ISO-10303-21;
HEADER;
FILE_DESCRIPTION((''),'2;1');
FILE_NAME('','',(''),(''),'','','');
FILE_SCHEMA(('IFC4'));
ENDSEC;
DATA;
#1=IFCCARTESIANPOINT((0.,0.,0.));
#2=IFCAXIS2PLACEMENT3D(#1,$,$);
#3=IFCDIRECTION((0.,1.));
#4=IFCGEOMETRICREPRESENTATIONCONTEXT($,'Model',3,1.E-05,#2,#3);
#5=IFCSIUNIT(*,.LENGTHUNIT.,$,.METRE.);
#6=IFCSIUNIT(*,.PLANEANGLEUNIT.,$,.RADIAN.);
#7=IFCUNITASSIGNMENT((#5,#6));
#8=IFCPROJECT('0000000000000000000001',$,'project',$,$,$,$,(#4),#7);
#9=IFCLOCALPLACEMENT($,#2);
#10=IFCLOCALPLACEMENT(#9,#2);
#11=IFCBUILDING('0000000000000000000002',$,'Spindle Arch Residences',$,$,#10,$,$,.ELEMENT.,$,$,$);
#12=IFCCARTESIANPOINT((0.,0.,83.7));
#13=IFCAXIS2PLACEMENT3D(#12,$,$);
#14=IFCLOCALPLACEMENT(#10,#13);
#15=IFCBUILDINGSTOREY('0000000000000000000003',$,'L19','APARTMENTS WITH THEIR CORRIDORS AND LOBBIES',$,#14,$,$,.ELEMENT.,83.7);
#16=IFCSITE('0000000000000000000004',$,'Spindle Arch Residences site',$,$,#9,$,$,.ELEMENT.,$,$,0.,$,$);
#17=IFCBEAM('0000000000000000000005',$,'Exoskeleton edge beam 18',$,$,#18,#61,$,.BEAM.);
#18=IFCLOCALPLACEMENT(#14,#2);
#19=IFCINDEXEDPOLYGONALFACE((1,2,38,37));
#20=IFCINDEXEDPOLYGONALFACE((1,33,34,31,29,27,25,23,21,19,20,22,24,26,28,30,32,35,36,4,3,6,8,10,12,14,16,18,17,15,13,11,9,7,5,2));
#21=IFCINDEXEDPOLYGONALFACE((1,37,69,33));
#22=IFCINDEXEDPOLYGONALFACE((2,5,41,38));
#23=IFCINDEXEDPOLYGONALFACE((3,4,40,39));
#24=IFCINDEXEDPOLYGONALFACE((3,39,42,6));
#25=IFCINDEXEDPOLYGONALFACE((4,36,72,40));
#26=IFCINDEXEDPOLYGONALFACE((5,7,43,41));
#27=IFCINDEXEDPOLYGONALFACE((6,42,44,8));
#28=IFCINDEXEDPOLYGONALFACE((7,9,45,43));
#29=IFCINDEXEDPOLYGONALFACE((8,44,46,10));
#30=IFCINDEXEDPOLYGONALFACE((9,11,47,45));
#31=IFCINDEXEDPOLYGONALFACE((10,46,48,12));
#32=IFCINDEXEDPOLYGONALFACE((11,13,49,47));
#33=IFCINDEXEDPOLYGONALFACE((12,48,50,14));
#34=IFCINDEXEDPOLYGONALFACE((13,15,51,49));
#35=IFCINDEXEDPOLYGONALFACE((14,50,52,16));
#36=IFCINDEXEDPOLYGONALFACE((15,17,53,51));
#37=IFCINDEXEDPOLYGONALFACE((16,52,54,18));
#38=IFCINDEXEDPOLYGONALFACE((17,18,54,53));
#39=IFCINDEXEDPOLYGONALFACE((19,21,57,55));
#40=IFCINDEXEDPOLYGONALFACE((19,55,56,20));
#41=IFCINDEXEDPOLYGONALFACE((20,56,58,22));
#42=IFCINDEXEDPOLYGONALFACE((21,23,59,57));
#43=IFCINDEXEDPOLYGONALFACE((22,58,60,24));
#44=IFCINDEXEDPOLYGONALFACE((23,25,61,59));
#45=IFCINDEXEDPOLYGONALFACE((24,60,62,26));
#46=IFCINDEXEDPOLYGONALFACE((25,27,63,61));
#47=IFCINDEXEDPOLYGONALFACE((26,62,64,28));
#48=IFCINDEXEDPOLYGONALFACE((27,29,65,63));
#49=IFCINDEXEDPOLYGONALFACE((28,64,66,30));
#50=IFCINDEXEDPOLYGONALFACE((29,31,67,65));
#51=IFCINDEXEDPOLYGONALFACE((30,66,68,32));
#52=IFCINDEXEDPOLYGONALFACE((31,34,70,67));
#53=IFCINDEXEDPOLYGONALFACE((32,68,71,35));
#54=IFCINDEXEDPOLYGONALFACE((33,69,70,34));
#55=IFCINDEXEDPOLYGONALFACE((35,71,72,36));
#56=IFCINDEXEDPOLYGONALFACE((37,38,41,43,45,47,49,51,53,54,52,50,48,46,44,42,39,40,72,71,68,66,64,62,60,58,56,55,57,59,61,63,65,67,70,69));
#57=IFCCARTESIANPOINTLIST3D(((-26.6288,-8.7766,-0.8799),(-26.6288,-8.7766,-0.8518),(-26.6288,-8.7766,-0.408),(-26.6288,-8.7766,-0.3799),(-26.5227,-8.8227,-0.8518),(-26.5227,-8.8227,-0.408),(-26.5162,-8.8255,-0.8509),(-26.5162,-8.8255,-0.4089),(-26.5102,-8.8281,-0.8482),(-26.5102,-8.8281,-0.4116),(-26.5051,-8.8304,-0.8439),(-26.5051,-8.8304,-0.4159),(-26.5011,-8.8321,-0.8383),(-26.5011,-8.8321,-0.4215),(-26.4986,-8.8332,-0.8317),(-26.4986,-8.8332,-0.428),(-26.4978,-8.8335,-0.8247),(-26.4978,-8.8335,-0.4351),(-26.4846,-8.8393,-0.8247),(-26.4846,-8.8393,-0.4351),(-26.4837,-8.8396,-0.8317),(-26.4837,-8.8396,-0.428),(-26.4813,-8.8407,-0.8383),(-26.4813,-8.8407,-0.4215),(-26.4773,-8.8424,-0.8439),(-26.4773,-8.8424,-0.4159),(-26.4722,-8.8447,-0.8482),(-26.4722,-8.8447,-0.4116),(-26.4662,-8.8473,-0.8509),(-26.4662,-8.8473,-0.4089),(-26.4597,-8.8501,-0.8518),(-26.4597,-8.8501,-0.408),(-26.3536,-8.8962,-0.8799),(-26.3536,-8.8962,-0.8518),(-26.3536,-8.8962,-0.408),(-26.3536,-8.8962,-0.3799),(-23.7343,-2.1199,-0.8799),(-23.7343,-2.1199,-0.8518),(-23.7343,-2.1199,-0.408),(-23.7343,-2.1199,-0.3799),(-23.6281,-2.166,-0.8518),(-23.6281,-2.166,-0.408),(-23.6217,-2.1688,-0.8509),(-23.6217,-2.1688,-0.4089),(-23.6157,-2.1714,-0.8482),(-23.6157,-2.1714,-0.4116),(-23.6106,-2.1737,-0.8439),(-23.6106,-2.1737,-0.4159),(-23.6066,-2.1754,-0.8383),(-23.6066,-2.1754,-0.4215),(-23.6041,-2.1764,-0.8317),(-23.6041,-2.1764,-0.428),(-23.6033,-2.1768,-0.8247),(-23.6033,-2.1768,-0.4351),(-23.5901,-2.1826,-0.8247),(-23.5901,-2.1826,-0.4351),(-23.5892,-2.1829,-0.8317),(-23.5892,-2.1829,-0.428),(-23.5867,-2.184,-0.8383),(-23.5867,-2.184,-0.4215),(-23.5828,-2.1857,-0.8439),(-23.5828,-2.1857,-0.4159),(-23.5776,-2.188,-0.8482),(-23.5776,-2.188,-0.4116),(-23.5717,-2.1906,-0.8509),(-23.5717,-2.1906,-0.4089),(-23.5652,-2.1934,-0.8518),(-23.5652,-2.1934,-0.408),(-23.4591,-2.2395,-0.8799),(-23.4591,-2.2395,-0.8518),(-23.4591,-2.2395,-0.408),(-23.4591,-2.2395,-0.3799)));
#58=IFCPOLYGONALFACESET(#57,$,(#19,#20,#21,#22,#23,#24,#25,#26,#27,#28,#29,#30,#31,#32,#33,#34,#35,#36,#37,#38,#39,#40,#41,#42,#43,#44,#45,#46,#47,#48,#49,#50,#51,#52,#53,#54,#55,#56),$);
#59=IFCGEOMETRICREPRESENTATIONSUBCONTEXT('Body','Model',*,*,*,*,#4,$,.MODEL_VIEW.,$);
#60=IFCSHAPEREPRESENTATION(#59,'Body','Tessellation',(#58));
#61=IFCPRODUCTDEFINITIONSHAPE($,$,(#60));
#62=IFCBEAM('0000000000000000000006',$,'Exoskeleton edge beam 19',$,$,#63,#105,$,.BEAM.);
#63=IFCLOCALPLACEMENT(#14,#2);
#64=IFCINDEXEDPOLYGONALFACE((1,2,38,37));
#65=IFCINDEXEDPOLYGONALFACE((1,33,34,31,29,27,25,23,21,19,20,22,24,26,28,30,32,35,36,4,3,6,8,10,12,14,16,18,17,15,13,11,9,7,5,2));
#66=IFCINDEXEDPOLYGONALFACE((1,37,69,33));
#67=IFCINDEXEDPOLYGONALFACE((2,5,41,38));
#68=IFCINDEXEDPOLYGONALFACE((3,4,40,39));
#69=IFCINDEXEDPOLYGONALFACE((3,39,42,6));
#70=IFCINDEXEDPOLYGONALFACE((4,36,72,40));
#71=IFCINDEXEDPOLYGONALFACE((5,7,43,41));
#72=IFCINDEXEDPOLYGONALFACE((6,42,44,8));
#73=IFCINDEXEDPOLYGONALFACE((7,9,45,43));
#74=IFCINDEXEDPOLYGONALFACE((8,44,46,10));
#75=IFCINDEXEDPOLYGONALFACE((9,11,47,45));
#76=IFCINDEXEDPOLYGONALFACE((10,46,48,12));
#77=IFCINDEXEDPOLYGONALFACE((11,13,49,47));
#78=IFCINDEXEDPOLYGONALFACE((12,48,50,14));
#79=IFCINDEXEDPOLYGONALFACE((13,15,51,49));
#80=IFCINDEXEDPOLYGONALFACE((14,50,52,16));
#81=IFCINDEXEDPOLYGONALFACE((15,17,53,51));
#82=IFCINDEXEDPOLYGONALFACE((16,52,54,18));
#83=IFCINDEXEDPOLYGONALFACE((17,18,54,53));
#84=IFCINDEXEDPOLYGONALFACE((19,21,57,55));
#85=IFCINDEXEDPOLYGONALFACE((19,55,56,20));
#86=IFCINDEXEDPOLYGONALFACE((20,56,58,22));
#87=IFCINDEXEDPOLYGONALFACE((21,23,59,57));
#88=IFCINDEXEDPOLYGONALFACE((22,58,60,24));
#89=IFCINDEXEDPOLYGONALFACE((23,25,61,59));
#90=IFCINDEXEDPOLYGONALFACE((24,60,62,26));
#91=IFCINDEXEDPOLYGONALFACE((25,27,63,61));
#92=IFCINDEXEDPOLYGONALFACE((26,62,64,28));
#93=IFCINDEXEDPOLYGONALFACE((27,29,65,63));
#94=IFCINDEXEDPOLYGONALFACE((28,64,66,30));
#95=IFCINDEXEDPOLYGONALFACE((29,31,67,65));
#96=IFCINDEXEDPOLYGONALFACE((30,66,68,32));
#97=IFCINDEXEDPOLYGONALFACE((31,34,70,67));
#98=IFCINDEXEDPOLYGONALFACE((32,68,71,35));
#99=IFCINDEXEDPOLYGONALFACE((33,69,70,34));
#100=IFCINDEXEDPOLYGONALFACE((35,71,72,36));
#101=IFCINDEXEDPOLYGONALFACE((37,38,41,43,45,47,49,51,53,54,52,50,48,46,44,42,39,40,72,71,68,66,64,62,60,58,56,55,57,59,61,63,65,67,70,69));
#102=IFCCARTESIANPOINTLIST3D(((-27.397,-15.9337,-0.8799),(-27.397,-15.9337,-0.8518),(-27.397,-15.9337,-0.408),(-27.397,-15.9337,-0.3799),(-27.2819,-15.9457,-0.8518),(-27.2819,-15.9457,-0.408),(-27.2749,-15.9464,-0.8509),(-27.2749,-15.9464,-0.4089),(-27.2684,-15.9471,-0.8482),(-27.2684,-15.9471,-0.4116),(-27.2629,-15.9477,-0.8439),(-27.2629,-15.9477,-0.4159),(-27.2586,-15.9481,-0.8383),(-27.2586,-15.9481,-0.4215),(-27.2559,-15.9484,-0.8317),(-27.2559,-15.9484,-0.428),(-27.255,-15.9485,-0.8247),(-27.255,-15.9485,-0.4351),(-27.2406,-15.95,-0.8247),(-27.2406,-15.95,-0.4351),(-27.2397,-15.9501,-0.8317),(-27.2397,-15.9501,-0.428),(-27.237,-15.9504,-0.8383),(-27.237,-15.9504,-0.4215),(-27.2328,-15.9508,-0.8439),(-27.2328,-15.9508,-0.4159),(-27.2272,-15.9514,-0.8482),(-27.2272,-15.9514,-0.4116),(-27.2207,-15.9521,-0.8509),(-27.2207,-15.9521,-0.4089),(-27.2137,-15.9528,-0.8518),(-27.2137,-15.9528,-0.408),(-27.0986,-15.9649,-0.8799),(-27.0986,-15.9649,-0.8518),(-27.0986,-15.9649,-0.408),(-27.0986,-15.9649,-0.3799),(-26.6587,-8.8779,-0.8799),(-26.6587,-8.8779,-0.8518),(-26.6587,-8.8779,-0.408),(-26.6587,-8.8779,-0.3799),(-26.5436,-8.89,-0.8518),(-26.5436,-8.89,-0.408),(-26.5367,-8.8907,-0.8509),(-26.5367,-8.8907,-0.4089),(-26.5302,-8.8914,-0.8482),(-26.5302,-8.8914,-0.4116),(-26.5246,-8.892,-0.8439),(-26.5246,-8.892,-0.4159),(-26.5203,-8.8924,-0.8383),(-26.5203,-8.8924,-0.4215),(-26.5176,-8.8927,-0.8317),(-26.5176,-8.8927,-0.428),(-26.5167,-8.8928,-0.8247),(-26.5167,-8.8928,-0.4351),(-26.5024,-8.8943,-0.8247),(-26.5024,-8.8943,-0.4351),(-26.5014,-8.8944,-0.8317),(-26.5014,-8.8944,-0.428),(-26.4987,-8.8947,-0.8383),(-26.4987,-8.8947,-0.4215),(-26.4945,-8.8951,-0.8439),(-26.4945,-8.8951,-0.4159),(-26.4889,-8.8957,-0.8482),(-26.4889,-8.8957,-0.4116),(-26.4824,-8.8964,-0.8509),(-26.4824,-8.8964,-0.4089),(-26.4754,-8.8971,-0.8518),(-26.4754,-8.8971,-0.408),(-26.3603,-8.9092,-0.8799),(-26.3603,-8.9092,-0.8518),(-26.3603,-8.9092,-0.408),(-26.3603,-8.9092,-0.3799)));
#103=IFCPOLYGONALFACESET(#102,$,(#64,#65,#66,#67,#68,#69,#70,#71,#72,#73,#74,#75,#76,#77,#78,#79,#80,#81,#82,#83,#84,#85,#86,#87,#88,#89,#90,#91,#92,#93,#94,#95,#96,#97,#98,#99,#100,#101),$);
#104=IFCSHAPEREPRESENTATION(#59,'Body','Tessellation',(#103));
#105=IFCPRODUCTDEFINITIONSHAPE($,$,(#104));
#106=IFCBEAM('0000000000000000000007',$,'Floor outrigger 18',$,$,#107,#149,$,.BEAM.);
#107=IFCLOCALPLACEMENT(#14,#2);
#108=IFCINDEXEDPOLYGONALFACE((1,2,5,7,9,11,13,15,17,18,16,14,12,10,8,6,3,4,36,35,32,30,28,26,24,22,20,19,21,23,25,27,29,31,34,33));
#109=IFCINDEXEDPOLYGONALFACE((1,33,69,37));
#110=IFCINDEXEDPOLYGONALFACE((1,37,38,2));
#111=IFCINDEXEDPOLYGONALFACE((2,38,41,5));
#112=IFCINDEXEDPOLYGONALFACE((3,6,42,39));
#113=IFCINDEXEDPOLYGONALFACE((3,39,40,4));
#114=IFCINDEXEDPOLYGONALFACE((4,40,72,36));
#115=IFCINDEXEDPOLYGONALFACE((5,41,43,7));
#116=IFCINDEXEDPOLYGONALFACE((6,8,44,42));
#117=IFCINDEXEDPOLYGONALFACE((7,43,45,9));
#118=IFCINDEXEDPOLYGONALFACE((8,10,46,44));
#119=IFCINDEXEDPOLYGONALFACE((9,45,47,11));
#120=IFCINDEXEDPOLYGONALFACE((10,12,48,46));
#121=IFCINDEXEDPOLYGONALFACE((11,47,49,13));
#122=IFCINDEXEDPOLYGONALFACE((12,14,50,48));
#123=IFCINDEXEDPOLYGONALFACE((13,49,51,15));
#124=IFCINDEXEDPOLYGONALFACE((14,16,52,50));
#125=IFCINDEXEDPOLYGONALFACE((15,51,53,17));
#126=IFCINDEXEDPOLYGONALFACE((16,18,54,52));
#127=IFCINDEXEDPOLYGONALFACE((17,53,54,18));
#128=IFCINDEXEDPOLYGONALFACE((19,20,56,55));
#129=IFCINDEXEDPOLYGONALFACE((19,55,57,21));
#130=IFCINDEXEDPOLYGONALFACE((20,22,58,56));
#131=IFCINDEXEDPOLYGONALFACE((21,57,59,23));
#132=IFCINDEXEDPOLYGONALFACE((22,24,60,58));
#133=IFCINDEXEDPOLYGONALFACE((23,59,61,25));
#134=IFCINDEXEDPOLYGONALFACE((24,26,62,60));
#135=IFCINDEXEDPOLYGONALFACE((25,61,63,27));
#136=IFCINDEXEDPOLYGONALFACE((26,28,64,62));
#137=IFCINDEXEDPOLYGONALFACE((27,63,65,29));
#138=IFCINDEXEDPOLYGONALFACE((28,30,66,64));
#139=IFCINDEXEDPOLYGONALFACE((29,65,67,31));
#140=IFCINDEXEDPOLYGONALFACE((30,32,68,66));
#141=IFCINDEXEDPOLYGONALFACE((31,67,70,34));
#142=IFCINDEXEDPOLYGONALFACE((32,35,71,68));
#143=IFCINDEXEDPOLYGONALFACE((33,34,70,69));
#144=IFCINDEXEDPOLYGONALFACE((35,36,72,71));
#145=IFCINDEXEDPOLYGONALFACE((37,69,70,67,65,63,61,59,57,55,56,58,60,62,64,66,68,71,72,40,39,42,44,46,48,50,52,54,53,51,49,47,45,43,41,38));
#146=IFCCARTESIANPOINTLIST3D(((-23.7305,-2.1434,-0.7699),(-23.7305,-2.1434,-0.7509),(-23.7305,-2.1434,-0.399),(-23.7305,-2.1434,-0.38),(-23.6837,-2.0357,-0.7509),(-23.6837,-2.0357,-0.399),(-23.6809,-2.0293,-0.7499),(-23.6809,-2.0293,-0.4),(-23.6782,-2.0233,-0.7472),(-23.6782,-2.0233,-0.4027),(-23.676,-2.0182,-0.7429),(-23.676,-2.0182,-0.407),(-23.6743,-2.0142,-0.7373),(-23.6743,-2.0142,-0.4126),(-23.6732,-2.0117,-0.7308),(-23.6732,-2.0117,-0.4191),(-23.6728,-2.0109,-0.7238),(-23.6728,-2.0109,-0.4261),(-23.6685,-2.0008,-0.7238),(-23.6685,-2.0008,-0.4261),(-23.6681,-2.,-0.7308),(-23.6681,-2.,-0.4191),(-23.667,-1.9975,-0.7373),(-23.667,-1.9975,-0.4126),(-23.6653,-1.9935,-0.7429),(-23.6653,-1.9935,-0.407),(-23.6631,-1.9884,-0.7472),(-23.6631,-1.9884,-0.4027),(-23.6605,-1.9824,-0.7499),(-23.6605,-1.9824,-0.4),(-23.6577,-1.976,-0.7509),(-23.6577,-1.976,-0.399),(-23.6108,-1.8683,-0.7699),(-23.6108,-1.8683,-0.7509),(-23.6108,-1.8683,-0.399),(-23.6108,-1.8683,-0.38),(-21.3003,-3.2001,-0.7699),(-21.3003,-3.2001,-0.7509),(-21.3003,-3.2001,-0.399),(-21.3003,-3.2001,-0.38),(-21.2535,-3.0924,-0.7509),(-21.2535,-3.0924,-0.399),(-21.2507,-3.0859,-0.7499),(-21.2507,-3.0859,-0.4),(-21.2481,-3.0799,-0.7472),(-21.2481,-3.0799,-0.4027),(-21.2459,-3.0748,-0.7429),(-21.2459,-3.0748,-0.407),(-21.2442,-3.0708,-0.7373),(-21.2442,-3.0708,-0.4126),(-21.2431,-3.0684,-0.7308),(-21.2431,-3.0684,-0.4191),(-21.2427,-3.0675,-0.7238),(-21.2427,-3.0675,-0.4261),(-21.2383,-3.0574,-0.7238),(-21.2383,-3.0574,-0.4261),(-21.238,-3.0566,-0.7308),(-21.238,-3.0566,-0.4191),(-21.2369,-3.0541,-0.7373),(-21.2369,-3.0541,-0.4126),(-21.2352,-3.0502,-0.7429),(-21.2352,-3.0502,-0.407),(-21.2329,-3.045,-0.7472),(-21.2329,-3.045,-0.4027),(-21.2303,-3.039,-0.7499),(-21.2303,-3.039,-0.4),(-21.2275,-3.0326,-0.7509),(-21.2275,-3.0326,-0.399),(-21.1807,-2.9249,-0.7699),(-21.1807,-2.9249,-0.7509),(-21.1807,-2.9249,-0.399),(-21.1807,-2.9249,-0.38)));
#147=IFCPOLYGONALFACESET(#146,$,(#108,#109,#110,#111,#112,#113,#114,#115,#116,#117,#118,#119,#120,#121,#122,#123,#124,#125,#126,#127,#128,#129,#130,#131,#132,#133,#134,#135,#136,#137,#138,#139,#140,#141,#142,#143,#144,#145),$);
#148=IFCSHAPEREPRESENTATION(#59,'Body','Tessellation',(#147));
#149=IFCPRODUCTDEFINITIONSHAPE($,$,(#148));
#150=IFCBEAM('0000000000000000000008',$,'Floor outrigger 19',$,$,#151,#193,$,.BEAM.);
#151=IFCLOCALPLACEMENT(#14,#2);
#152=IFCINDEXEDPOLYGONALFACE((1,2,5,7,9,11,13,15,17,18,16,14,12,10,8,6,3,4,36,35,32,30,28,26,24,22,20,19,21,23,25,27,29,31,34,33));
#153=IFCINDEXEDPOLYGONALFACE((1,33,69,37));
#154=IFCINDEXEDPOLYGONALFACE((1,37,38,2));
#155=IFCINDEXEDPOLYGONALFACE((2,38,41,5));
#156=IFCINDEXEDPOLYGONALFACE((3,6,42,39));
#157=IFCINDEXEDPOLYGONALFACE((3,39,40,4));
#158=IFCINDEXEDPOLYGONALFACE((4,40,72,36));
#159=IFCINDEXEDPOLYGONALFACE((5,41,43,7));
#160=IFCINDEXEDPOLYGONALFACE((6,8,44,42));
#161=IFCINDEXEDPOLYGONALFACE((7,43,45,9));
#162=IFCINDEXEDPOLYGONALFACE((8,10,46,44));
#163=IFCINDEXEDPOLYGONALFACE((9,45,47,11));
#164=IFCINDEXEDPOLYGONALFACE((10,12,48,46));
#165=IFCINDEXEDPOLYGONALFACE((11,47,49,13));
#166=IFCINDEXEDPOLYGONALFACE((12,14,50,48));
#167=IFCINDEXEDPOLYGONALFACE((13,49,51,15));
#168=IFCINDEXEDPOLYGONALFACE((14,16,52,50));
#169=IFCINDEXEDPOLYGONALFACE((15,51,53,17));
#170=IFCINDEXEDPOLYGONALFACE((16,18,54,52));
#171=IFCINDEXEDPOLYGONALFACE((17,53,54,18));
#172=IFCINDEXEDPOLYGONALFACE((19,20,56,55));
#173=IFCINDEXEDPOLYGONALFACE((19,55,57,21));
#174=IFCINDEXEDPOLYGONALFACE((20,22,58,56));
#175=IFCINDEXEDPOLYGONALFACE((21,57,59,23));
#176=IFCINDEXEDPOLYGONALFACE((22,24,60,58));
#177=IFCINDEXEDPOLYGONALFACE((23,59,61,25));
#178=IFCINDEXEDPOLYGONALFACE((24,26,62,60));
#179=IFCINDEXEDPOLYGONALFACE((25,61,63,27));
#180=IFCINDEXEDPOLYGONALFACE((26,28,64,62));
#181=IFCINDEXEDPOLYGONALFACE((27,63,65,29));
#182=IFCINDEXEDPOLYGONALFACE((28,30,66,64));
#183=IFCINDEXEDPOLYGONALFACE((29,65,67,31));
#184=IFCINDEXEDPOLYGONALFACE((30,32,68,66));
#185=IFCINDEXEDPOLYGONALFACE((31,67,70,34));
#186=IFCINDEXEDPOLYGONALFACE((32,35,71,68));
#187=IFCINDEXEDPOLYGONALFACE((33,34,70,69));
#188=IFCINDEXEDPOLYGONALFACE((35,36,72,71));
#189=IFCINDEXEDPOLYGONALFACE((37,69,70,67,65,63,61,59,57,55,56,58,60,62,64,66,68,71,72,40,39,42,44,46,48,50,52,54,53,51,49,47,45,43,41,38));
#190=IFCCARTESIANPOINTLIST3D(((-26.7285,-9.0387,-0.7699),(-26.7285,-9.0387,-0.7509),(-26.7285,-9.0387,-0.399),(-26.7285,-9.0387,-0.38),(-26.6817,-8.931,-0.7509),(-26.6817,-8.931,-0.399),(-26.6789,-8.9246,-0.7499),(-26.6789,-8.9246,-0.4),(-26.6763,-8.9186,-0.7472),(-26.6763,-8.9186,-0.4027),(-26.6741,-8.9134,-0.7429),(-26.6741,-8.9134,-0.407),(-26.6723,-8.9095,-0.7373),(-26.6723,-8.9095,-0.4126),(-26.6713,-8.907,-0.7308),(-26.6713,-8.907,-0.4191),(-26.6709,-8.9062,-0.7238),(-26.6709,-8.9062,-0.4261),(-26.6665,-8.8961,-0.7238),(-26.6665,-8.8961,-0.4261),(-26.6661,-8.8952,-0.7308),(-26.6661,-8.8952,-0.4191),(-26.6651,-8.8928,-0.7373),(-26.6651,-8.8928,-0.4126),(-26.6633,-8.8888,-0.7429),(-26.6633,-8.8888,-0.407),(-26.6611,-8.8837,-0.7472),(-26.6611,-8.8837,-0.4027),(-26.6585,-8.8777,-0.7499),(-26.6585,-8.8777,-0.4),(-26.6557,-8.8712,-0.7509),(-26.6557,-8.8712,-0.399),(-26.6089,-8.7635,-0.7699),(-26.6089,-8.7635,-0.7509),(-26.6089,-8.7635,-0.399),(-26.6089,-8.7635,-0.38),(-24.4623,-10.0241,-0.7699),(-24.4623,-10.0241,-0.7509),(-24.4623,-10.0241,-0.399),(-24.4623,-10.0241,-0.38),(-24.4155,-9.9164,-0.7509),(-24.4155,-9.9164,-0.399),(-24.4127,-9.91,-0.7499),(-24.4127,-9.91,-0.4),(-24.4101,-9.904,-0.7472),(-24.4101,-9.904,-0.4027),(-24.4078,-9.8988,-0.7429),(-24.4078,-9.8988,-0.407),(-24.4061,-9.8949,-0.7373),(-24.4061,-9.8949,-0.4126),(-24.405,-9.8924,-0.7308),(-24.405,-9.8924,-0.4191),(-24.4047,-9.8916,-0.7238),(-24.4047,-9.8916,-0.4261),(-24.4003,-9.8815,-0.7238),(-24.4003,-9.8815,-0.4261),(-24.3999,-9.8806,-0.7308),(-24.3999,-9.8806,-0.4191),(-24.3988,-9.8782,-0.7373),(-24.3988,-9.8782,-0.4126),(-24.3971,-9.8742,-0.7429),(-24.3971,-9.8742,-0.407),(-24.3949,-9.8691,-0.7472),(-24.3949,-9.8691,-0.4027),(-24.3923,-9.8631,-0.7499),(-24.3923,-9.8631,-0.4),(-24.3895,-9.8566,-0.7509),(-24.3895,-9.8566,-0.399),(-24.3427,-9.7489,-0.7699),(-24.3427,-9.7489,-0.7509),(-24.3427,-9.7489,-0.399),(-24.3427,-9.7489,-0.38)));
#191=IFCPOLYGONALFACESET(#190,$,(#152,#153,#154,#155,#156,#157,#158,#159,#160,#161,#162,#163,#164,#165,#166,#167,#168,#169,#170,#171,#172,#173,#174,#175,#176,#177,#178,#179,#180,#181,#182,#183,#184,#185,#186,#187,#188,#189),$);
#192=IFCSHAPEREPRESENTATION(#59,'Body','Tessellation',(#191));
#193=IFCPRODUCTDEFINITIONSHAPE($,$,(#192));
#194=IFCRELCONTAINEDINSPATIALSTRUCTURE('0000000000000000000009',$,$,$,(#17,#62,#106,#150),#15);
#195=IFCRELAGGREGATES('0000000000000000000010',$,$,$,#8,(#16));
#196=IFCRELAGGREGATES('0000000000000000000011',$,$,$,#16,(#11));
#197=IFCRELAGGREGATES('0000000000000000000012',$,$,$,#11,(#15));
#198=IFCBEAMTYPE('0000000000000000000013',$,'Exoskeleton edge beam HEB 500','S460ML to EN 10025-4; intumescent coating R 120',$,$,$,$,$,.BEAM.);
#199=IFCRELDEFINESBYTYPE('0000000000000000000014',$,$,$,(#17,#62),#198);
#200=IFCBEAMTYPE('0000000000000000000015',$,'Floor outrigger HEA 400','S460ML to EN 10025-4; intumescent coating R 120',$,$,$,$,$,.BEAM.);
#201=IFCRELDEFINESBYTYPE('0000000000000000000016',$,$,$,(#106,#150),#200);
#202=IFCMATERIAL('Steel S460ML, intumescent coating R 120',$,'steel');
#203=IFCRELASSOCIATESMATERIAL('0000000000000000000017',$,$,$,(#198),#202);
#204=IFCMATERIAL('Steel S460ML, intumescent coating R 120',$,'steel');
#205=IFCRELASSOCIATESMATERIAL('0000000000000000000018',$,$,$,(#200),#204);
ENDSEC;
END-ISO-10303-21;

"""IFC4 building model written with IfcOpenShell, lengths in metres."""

from ifc_helpers import new_model, si_unit, direction, frame, origin, origin_2d, place, context, subcontext, project, spatial, i_section, extrude, material, material_profile, profile_set, type_object, element, save


model = new_model("IFC4")

# Units and contexts
model_context = context("Model", 3, precision=1e-05, world=origin(), true_north=direction((0.0, 1.0)))
body_context = subcontext(model_context, "Body", "Model", "MODEL_VIEW")
ifc_project = project(units=[si_unit("LENGTHUNIT", "METRE"), si_unit("PLANEANGLEUNIT", "RADIAN")], contexts=[model_context])

# Site, building, storey
site_placement = place(None, origin())
site = spatial("IfcSite", under=ifc_project, at=site_placement, Name="Spindle Arch Residences site", CompositionType="ELEMENT", RefElevation=0.0)
building_placement = place(site_placement, origin())
building = spatial("IfcBuilding", under=site, at=building_placement, Name="Spindle Arch Residences", CompositionType="ELEMENT")
storey_placement = place(building_placement, frame((0.0, 0.0, 83.7)))
storey = spatial("IfcBuildingStorey", under=building, at=storey_placement, Name="L19", Description="APARTMENTS WITH THEIR CORRIDORS AND LOBBIES", CompositionType="ELEMENT", Elevation=83.7)

# Beams
ifc_material_1 = material(Name="Steel S460ML, intumescent coating R 120", Category="steel")
ifc_material_profile_1 = material_profile(ifc_material_1, i_section(OverallWidth=0.3, OverallDepth=0.5, WebThickness=0.0144, FlangeThickness=0.0281, FilletRadius=0.0271, at=origin_2d()), Name="HEB 500")
ifc_profile_set_1 = profile_set([ifc_material_profile_1], Name="Steel S460ML, intumescent coating R 120")
beam_type_1 = type_object("IfcBeamType", Name="Exoskeleton edge beam HEB 500", Description="S460ML to EN 10025-4; intumescent coating R 120", PredefinedType="BEAM", material=ifc_profile_set_1)
beam_1_placement = place(storey_placement, frame((-23.5967, -2.1797, -0.6299), z_axis=(-0.398761, -0.917055, 0.0), x_axis=(0.917055, -0.398761, 0.0)))
element("IfcBeam", 1, at=beam_1_placement, inside=storey, type_object=beam_type_1, Name="Exoskeleton edge beam 18", PredefinedType="BEAM", context=body_context, shape_type="SweptSolid", body=[
    extrude(i_section(OverallWidth=0.3, OverallDepth=0.5, WebThickness=0.0144, FlangeThickness=0.0281, FilletRadius=0.0271, at=origin_2d()), origin(), (0.0, 0.0, 1.0), 7.2588),
])
beam_2_placement = place(storey_placement, frame((-26.5095, -8.8936, -0.6299), z_axis=(-0.104069, -0.99457, 0.0), x_axis=(0.99457, -0.104069, 0.0)))
element("IfcBeam", 2, at=beam_2_placement, inside=storey, type_object=beam_type_1, Name="Exoskeleton edge beam 19", PredefinedType="BEAM", context=body_context, shape_type="SweptSolid", body=[
    extrude(i_section(OverallWidth=0.3, OverallDepth=0.5, WebThickness=0.0144, FlangeThickness=0.0281, FilletRadius=0.0271, at=origin_2d()), origin(), (0.0, 0.0, 1.0), 7.0942),
])
ifc_material_2 = material(Name="Steel S460ML, intumescent coating R 120", Category="steel")
ifc_material_profile_2 = material_profile(ifc_material_2, i_section(OverallWidth=0.3, OverallDepth=0.3899, WebThickness=0.011, FlangeThickness=0.019, FilletRadius=0.0271, at=origin_2d()), Name="HEA 400")
ifc_profile_set_2 = profile_set([ifc_material_profile_2], Name="Steel S460ML, intumescent coating R 120")
beam_type_2 = type_object("IfcBeamType", Name="Floor outrigger HEA 400", Description="S460ML to EN 10025-4; intumescent coating R 120", PredefinedType="BEAM", material=ifc_profile_set_2)
beam_3_placement = place(storey_placement, frame((-23.6707, -2.0059, -0.575), z_axis=(0.917064, -0.39874, 0.0), x_axis=(0.39874, 0.917064, 0.0)))
element("IfcBeam", 3, at=beam_3_placement, inside=storey, type_object=beam_type_2, Name="Floor outrigger 18", PredefinedType="BEAM", context=body_context, shape_type="SweptSolid", body=[
    extrude(i_section(OverallWidth=0.3, OverallDepth=0.3899, WebThickness=0.011, FlangeThickness=0.019, FilletRadius=0.0271, at=origin_2d()), origin(), (0.0, 0.0, 1.0), 2.6499),
])
beam_4_placement = place(storey_placement, frame((-26.6687, -8.9011, -0.575), z_axis=(0.917057, -0.398755, 0.0), x_axis=(0.398755, 0.917057, 0.0)))
element("IfcBeam", 4, at=beam_4_placement, inside=storey, type_object=beam_type_2, Name="Floor outrigger 19", PredefinedType="BEAM", context=body_context, shape_type="SweptSolid", body=[
    extrude(i_section(OverallWidth=0.3, OverallDepth=0.3899, WebThickness=0.011, FlangeThickness=0.019, FilletRadius=0.0271, at=origin_2d()), origin(), (0.0, 0.0, 1.0), 2.4712),
])

save(model, "model.ifc")
